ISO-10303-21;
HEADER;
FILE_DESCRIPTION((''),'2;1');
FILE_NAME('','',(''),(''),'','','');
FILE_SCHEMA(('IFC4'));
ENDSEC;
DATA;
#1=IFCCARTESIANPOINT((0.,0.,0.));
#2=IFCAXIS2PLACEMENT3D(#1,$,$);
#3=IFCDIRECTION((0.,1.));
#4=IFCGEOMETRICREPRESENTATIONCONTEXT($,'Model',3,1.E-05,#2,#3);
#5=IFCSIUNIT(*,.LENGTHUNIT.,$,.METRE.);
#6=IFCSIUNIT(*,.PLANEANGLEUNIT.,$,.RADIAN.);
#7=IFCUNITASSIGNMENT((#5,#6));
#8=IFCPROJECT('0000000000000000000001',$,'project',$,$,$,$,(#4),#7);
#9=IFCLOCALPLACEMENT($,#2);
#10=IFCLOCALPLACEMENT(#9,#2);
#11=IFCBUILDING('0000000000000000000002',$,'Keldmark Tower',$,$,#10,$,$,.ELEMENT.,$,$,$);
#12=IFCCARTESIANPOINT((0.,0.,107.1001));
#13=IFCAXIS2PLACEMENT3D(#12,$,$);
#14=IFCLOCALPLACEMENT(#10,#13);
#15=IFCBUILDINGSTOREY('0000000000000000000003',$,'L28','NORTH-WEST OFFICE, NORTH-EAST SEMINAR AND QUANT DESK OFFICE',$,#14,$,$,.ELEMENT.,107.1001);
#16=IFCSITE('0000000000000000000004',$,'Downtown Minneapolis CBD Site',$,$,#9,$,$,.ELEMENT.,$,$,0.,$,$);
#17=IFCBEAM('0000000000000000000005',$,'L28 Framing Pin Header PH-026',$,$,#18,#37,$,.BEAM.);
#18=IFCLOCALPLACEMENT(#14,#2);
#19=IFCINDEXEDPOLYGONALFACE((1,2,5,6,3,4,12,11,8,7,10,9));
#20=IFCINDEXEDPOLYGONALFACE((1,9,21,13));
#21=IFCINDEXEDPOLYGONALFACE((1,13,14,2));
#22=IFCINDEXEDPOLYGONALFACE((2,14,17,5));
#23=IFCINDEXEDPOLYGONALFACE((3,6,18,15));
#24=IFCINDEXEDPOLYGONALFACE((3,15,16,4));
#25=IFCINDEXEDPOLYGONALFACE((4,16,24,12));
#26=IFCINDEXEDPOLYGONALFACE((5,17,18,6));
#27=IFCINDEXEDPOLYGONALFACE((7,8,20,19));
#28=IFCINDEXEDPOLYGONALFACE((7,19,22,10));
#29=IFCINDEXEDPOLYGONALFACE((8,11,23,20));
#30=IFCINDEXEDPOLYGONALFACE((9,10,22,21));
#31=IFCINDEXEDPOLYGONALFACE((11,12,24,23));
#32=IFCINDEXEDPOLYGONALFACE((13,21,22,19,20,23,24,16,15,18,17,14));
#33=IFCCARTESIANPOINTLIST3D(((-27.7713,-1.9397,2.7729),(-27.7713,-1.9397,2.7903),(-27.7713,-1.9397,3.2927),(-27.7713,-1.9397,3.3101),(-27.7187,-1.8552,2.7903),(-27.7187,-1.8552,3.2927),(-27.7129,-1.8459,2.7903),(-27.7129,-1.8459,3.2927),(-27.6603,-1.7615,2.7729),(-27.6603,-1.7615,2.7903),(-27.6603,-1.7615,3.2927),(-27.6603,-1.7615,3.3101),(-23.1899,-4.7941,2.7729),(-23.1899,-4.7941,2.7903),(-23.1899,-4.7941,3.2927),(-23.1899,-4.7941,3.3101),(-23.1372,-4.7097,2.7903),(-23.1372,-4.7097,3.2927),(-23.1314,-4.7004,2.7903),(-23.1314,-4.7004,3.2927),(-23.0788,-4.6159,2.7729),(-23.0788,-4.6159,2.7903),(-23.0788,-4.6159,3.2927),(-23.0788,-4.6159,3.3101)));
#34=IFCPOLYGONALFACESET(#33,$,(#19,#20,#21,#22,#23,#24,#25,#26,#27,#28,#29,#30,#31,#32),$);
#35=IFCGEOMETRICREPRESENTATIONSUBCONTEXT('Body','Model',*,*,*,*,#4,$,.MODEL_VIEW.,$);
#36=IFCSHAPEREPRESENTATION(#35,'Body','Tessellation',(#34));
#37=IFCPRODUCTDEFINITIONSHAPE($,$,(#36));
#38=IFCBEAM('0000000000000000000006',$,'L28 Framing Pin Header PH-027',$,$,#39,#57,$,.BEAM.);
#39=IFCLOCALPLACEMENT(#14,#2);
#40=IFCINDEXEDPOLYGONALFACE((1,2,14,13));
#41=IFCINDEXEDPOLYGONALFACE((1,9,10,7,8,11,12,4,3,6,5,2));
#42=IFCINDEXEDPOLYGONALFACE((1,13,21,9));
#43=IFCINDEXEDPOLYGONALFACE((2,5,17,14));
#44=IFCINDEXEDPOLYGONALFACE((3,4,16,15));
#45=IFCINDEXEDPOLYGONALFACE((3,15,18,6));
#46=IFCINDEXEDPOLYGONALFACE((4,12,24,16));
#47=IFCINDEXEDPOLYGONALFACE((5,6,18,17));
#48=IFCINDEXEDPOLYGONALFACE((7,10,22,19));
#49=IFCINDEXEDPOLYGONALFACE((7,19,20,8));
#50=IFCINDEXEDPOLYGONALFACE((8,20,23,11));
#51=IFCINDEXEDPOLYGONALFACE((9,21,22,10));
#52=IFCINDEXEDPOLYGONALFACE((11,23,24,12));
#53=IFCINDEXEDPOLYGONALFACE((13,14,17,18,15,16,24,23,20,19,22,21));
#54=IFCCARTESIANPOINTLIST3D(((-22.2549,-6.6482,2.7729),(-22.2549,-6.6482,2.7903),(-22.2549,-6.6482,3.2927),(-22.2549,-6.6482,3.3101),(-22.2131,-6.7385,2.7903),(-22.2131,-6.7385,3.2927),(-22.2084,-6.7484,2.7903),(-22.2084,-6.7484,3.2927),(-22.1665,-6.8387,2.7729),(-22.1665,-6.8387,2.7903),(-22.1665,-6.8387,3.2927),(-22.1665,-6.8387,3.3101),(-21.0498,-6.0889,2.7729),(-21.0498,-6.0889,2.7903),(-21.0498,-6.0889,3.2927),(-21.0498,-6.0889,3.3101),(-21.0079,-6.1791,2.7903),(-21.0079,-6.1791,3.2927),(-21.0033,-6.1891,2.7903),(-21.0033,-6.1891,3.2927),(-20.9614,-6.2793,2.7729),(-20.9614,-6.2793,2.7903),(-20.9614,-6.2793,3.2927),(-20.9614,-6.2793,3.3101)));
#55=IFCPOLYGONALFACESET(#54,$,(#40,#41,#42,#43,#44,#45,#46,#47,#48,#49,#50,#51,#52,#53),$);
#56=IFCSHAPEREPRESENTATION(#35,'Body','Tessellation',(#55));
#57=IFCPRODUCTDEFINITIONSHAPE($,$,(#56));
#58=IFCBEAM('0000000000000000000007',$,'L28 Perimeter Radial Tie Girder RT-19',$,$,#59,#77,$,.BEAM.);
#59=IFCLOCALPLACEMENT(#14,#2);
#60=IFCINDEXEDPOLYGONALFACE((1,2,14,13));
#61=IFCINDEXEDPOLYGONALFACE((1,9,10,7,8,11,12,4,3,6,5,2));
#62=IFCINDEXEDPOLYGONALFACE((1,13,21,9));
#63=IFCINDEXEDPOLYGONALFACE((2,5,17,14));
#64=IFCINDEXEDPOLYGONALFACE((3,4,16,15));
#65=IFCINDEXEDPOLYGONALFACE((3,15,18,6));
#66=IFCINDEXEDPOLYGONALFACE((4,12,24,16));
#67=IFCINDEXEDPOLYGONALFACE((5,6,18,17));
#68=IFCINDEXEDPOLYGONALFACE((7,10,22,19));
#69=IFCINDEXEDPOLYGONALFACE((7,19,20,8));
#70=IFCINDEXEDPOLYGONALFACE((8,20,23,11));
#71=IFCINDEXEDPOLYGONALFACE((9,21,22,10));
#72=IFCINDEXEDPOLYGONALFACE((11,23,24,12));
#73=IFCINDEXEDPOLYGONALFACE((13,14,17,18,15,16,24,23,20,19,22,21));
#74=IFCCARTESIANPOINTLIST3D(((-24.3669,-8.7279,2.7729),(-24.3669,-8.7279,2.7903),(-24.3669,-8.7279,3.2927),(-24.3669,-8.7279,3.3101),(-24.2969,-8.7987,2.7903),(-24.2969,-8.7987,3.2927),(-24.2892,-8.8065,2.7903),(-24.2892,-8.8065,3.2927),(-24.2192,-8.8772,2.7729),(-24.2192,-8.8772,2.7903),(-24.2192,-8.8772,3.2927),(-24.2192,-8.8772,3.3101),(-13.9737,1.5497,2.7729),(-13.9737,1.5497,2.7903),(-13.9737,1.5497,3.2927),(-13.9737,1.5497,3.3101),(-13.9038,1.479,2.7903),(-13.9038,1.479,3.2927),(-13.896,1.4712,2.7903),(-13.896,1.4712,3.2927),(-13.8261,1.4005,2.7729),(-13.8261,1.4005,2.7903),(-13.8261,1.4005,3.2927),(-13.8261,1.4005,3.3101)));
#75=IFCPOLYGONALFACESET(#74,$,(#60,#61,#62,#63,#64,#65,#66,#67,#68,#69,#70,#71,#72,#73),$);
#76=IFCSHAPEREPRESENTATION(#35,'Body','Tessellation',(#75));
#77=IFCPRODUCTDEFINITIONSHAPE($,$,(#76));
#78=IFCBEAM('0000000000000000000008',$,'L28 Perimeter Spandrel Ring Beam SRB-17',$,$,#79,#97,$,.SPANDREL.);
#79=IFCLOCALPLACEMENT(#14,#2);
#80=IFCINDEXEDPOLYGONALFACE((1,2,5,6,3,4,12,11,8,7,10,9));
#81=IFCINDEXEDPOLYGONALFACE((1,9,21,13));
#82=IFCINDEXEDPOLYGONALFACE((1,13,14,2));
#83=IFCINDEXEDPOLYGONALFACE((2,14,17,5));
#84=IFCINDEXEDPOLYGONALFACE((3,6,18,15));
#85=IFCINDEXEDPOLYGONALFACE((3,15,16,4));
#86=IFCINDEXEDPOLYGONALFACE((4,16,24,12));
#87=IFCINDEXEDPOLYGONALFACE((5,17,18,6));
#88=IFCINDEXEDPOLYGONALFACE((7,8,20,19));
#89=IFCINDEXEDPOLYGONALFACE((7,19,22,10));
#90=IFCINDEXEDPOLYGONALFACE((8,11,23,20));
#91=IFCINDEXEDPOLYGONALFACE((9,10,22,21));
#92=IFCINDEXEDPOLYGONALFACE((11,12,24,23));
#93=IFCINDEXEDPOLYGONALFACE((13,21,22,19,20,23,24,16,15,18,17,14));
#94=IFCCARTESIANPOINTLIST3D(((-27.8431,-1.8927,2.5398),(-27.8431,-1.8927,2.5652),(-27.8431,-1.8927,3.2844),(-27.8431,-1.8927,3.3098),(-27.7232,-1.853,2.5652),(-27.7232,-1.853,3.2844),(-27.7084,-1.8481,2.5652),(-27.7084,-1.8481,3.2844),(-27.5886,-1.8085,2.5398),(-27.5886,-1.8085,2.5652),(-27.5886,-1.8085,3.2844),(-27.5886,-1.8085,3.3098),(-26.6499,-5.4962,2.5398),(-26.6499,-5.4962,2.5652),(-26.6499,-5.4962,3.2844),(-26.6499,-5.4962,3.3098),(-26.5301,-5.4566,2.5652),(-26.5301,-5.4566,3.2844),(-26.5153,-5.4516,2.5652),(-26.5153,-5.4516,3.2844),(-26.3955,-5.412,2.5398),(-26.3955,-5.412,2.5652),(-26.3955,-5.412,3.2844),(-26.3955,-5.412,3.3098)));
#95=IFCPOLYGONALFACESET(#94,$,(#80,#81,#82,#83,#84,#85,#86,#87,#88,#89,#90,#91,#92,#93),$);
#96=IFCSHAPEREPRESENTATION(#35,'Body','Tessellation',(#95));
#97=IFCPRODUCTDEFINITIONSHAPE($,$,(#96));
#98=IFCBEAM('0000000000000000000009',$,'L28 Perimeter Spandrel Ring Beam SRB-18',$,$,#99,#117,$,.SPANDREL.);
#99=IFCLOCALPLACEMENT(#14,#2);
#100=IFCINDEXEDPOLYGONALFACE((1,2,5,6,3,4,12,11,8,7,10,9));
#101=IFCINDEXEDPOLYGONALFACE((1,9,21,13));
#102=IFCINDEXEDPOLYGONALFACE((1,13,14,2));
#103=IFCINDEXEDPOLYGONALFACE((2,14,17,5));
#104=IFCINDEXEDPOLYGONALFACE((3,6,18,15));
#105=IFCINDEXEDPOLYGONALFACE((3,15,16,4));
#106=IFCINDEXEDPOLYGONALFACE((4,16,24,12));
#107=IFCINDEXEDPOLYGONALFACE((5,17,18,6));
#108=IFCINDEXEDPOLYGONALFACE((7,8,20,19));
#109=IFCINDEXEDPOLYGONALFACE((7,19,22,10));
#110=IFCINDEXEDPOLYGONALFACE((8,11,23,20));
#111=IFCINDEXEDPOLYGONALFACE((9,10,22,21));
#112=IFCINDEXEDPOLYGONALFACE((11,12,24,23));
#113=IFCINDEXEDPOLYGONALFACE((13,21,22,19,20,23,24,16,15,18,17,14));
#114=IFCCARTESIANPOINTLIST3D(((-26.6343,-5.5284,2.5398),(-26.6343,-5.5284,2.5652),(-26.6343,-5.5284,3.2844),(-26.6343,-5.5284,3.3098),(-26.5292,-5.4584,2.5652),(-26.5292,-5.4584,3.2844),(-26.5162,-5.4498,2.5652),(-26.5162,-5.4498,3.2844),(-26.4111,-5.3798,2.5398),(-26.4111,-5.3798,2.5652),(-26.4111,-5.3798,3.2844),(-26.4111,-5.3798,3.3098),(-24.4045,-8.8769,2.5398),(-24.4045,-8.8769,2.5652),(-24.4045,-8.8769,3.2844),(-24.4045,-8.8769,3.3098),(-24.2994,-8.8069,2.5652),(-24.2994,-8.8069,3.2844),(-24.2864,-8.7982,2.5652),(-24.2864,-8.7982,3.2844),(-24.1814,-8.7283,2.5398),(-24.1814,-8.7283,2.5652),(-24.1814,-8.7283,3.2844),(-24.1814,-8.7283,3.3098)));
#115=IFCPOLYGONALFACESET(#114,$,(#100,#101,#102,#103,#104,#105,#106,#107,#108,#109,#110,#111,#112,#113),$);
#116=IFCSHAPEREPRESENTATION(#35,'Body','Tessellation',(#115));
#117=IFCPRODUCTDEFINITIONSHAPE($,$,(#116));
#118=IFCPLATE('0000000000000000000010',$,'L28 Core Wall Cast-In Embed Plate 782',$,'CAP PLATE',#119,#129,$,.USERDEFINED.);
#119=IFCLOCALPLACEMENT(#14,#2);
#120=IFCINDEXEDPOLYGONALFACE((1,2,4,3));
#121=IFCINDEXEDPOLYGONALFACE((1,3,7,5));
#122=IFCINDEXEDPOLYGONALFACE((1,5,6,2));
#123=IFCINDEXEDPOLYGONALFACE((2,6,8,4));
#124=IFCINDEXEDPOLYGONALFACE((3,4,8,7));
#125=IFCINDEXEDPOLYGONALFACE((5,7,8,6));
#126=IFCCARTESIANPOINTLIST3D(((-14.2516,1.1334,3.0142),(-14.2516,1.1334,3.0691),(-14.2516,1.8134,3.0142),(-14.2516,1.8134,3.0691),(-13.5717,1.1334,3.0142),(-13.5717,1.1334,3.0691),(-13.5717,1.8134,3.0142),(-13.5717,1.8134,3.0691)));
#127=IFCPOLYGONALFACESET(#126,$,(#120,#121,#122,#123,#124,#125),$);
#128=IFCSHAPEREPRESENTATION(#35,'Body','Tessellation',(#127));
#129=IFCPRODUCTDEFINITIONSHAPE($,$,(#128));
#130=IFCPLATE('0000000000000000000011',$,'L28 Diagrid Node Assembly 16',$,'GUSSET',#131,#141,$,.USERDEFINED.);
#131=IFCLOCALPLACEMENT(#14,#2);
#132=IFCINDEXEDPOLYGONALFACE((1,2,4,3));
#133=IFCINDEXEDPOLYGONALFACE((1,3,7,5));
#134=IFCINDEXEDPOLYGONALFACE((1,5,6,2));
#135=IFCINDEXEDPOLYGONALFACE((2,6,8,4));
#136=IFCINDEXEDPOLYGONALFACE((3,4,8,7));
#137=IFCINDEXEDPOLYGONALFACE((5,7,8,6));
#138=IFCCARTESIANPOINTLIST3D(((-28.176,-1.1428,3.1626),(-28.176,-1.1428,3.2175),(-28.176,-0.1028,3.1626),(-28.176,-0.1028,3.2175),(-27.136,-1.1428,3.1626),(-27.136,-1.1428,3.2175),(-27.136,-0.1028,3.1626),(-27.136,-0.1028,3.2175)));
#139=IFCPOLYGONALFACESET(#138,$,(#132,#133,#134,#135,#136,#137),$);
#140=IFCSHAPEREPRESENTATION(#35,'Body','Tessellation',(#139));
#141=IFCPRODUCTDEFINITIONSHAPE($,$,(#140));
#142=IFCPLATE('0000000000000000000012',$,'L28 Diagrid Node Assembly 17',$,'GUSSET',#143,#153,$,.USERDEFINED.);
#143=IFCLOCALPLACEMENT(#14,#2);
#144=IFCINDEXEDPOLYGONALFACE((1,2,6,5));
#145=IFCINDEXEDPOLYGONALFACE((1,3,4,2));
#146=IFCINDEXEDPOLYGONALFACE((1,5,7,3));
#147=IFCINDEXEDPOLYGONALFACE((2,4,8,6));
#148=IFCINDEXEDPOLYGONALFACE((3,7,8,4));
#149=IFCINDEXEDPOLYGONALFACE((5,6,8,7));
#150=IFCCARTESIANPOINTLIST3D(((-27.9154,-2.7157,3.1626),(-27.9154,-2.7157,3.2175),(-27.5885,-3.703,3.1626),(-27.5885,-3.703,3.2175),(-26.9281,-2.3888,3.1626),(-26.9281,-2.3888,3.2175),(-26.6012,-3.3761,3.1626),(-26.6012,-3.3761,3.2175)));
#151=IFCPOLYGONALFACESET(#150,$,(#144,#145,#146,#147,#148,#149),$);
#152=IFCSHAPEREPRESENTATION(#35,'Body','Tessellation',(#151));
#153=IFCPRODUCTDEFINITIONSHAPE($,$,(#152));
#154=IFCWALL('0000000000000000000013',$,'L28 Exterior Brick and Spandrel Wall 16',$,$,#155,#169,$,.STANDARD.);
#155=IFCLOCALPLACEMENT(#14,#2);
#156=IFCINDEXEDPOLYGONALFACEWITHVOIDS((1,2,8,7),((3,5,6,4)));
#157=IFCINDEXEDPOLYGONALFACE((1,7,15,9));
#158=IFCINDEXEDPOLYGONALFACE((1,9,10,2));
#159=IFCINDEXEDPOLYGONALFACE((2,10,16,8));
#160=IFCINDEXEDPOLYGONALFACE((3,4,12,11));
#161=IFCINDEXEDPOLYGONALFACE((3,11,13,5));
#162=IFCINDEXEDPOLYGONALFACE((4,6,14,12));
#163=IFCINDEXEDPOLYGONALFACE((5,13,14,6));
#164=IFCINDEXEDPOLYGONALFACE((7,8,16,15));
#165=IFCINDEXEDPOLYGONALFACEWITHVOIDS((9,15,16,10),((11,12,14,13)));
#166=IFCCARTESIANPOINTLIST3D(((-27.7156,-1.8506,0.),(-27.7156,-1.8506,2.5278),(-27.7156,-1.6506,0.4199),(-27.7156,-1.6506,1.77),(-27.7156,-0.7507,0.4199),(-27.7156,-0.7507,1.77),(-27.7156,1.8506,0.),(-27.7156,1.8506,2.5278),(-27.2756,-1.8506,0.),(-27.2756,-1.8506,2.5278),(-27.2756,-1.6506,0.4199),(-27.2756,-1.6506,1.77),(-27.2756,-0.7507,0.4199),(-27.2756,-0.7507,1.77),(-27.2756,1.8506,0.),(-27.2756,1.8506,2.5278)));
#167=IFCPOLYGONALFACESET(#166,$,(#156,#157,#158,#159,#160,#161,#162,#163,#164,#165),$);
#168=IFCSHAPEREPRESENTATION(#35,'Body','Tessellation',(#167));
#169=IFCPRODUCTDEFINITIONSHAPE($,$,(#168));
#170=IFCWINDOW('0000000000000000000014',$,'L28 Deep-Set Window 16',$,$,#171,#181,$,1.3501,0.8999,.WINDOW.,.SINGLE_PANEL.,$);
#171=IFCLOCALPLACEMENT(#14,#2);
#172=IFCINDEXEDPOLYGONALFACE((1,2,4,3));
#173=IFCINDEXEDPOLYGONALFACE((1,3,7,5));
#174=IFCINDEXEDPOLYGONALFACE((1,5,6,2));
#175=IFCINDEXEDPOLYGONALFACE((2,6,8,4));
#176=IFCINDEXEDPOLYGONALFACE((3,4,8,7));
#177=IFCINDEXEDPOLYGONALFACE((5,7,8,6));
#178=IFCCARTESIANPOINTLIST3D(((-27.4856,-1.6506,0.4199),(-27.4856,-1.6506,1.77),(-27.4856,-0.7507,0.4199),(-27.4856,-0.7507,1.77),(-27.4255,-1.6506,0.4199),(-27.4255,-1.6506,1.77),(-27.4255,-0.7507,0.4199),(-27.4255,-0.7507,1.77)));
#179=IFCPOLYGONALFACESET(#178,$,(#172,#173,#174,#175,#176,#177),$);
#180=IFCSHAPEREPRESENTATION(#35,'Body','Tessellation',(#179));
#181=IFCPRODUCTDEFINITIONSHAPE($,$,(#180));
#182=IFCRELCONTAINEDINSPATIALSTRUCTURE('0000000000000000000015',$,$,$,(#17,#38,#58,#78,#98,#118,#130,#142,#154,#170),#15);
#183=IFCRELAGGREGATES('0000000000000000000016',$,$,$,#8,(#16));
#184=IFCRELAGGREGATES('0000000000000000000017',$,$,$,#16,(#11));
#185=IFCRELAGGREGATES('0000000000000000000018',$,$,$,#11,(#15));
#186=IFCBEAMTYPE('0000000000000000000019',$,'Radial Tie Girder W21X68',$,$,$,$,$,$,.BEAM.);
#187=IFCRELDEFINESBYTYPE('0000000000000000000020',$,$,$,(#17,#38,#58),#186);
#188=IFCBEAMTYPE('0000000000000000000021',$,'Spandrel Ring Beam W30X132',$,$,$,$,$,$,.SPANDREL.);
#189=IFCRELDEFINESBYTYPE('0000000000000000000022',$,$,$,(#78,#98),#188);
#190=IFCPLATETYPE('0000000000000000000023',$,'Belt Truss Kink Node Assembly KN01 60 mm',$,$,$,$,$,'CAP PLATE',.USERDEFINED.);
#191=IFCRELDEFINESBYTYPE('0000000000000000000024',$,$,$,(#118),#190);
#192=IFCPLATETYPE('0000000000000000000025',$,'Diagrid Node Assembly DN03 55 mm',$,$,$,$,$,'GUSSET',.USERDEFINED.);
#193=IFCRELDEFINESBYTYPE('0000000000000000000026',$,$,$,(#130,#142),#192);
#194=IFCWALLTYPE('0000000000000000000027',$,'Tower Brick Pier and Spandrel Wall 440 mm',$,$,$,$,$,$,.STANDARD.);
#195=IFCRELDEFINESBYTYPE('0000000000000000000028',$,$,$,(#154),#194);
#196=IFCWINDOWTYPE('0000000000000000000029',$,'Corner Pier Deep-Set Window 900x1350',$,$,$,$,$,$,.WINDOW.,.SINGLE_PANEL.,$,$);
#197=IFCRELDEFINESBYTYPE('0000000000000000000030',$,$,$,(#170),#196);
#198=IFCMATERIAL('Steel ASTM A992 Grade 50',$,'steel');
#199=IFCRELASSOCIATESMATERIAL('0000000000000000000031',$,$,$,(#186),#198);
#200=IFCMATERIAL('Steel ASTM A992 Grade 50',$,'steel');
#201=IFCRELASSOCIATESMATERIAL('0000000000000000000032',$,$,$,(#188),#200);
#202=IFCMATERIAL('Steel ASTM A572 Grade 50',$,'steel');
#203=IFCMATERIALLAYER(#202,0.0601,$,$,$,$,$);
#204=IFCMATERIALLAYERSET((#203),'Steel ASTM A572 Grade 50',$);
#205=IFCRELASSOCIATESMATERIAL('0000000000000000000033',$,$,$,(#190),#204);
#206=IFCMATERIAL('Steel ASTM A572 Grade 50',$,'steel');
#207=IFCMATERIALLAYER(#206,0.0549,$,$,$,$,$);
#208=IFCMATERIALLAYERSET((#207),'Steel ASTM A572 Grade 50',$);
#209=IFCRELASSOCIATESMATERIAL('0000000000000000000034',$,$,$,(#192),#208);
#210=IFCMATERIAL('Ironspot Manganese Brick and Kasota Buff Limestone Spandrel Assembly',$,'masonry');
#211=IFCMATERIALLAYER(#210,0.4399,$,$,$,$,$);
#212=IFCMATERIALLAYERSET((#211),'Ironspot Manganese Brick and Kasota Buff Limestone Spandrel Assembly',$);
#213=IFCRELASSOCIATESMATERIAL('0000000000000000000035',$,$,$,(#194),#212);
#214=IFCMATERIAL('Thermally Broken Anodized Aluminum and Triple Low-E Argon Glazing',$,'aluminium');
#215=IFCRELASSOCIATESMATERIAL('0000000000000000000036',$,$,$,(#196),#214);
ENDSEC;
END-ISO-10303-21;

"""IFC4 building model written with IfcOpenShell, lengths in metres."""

from ifc_helpers import new_model, si_unit, direction, frame, frame_2d, origin, origin_2d, place, context, subcontext, project, spatial, rectangle, i_section, extrude, material, layer, layer_set, material_profile, profile_set, type_object, element, fill, save


model = new_model("IFC4")

# Units and contexts
model_context = context("Model", 3, precision=1e-05, world=origin(), true_north=direction((0.0, 1.0)))
body_context = subcontext(model_context, "Body", "Model", "MODEL_VIEW")
ifc_project = project(units=[si_unit("LENGTHUNIT", "METRE"), si_unit("PLANEANGLEUNIT", "RADIAN")], contexts=[model_context])

# Site, building, storey
site_placement = place(None, origin())
site = spatial("IfcSite", under=ifc_project, at=site_placement, Name="Downtown Minneapolis CBD Site", CompositionType="ELEMENT", RefElevation=0.0)
building_placement = place(site_placement, origin())
building = spatial("IfcBuilding", under=site, at=building_placement, Name="Keldmark Tower", CompositionType="ELEMENT")
storey_placement = place(building_placement, frame((0.0, 0.0, 107.1001)))
storey = spatial("IfcBuildingStorey", under=building, at=storey_placement, Name="L28", Description="NORTH-WEST OFFICE, NORTH-EAST SEMINAR AND QUANT DESK OFFICE", CompositionType="ELEMENT", Elevation=107.1001)

# Beams
ifc_material_1 = material(Name="Steel ASTM A992 Grade 50", Category="steel")
ifc_material_profile_1 = material_profile(ifc_material_1, i_section(OverallWidth=0.21, OverallDepth=0.5371, WebThickness=0.011, FlangeThickness=0.0173, at=origin_2d()), Name="W21X68")
ifc_profile_set_1 = profile_set([ifc_material_profile_1], Name="Steel ASTM A992 Grade 50")
beam_type_1 = type_object("IfcBeamType", Name="Radial Tie Girder W21X68", PredefinedType="BEAM", material=ifc_profile_set_1)
beam_1_placement = place(storey_placement, frame((-27.7158, -1.8506, 3.0415), z_axis=(0.848744, -0.528803, 0.0), x_axis=(0.528803, 0.848744, 0.0)))
element("IfcBeam", 1, at=beam_1_placement, inside=storey, type_object=beam_type_1, Name="L28 Framing Pin Header PH-026", PredefinedType="BEAM", context=body_context, shape_type="SweptSolid", body=[
    extrude(i_section(OverallWidth=0.21, OverallDepth=0.5371, WebThickness=0.011, FlangeThickness=0.0173, at=origin_2d()), origin(), (0.0, 0.0, 1.0), 5.3979),
])
beam_2_placement = place(storey_placement, frame((-21.0056, -6.1841, 3.0415), z_axis=(-0.907059, -0.421003, 0.0), x_axis=(0.421003, -0.907059, 0.0)))
element("IfcBeam", 2, at=beam_2_placement, inside=storey, type_object=beam_type_1, Name="L28 Framing Pin Header PH-027", PredefinedType="BEAM", context=body_context, shape_type="SweptSolid", body=[
    extrude(i_section(OverallWidth=0.21, OverallDepth=0.5371, WebThickness=0.011, FlangeThickness=0.0173, at=origin_2d()), origin(), (0.0, 0.0, 1.0), 1.3286),
])
beam_3_placement = place(storey_placement, frame((-13.8999, 1.4751, 3.0415), z_axis=(-0.711046, -0.703145, 0.0), x_axis=(0.703145, -0.711046, 0.0)))
element("IfcBeam", 3, at=beam_3_placement, inside=storey, type_object=beam_type_1, Name="L28 Perimeter Radial Tie Girder RT-19", PredefinedType="BEAM", context=body_context, shape_type="SweptSolid", body=[
    extrude(i_section(OverallWidth=0.21, OverallDepth=0.5371, WebThickness=0.011, FlangeThickness=0.0173, at=origin_2d()), origin(), (0.0, 0.0, 1.0), 14.6167),
])
ifc_material_2 = material(Name="Steel ASTM A992 Grade 50", Category="steel")
ifc_material_profile_2 = material_profile(ifc_material_2, i_section(OverallWidth=0.2681, OverallDepth=0.77, WebThickness=0.0156, FlangeThickness=0.0254, at=origin_2d()), Name="W30X132")
ifc_profile_set_2 = profile_set([ifc_material_profile_2], Name="Steel ASTM A992 Grade 50")
beam_type_2 = type_object("IfcBeamType", Name="Spandrel Ring Beam W30X132", PredefinedType="SPANDREL", material=ifc_profile_set_2)
beam_4_placement = place(storey_placement, frame((-27.7158, -1.8506, 2.9248), z_axis=(0.314317, -0.949318, 0.0), x_axis=(0.949318, 0.314317, 0.0)))
element("IfcBeam", 4, at=beam_4_placement, inside=storey, type_object=beam_type_2, Name="L28 Perimeter Spandrel Ring Beam SRB-17", PredefinedType="SPANDREL", context=body_context, shape_type="SweptSolid", body=[
    extrude(i_section(OverallWidth=0.2681, OverallDepth=0.77, WebThickness=0.0156, FlangeThickness=0.0254, at=origin_2d()), origin(), (0.0, 0.0, 1.0), 3.7959),
])
beam_5_placement = place(storey_placement, frame((-26.5227, -5.4541, 2.9248), z_axis=(0.554266, -0.83234, 0.0), x_axis=(0.83234, 0.554266, 0.0)))
element("IfcBeam", 5, at=beam_5_placement, inside=storey, type_object=beam_type_2, Name="L28 Perimeter Spandrel Ring Beam SRB-18", PredefinedType="SPANDREL", context=body_context, shape_type="SweptSolid", body=[
    extrude(i_section(OverallWidth=0.2681, OverallDepth=0.77, WebThickness=0.0156, FlangeThickness=0.0254, at=origin_2d()), origin(), (0.0, 0.0, 1.0), 4.0229),
])

# Plates
ifc_material_3 = material(Name="Steel ASTM A572 Grade 50", Category="steel")
ifc_layer_1 = layer(ifc_material_3, 0.0601)
ifc_layer_set_1 = layer_set([ifc_layer_1], Name="Steel ASTM A572 Grade 50")
plate_type_1 = type_object("IfcPlateType", Name="Belt Truss Kink Node Assembly KN01 60 mm", ElementType="CAP PLATE", PredefinedType="USERDEFINED", material=ifc_layer_set_1)
plate_placement = place(storey_placement, frame((-13.9116, 1.4734, 3.0142), z_axis=(0.0, 0.0, 1.0), x_axis=(1.0, 0.0, 0.0)))
element("IfcPlate", 6, at=plate_placement, inside=storey, type_object=plate_type_1, Name="L28 Core Wall Cast-In Embed Plate 782", ObjectType="CAP PLATE", PredefinedType="USERDEFINED", context=body_context, shape_type="SweptSolid", body=[
    extrude(rectangle(XDim=0.6799, YDim=0.6799, at=origin_2d()), origin(), (0.0, 0.0, 1.0), 0.0549),
])
ifc_material_4 = material(Name="Steel ASTM A572 Grade 50", Category="steel")
ifc_layer_2 = layer(ifc_material_4, 0.0549)
ifc_layer_set_2 = layer_set([ifc_layer_2], Name="Steel ASTM A572 Grade 50")
plate_type_2 = type_object("IfcPlateType", Name="Diagrid Node Assembly DN03 55 mm", ElementType="GUSSET", PredefinedType="USERDEFINED", material=ifc_layer_set_2)
for number, where, z_axis, x_axis, name in (
    (7, (-27.656, -0.6228, 3.1626), (0.0, 0.0, 1.0), (0.0, -1.0, 0.0), "L28 Diagrid Node Assembly 16"),
    (8, (-27.2583, -3.0459, 3.1626), (0.0, 0.0, 1.0), (0.314324, -0.949316, 0.0), "L28 Diagrid Node Assembly 17"),
):
    element("IfcPlate", number, at=place(storey_placement, frame(where, z_axis=z_axis, x_axis=x_axis)), inside=storey, type_object=plate_type_2, Name=name, ObjectType="GUSSET", PredefinedType="USERDEFINED", context=body_context, shape_type="SweptSolid", body=[
        extrude(rectangle(XDim=1.04, YDim=1.04, at=origin_2d()), origin(), (0.0, 0.0, 1.0), 0.0549),
    ])

# Wall, opening, window
ifc_material_5 = material(Name="Ironspot Manganese Brick and Kasota Buff Limestone Spandrel Assembly", Category="masonry")
ifc_layer_3 = layer(ifc_material_5, 0.4399)
ifc_layer_set_3 = layer_set([ifc_layer_3], Name="Ironspot Manganese Brick and Kasota Buff Limestone Spandrel Assembly")
wall_type = type_object("IfcWallType", Name="Tower Brick Pier and Spandrel Wall 440 mm", PredefinedType="STANDARD", material=ifc_layer_set_3)
wall_1_placement = place(storey_placement, frame((-27.4956, -1.8506, 0.0), z_axis=(0.0, 0.0, 1.0), x_axis=(0.0, 1.0, 0.0)))
wall_1 = element("IfcWall", 9, at=wall_1_placement, inside=storey, type_object=wall_type, Name="L28 Exterior Brick and Spandrel Wall 16", PredefinedType="STANDARD", context=body_context, shape_type="SweptSolid", body=[
    extrude(rectangle(XDim=3.7012, YDim=0.4399, at=frame_2d((1.8506, 0.0))), origin(), (0.0, 0.0, 1.0), 2.5278),
])
opening_1_placement = place(wall_1_placement, frame((0.2, 0.0, 0.4199)))
opening_1 = element("IfcOpeningElement", 10, at=opening_1_placement, cuts=wall_1, PredefinedType="OPENING", context=body_context, shape_type="SweptSolid", body=[
    extrude(rectangle(XDim=0.8999, YDim=1.3501, at=frame_2d((0.45, 0.675))), frame((0.0, 0.23, 0.0), z_axis=(0.0, -1.0, 0.0), x_axis=(1.0, 0.0, 0.0)), (0.0, 0.0, 1.0), 0.46),
])
ifc_material_6 = material(Name="Thermally Broken Anodized Aluminum and Triple Low-E Argon Glazing", Category="aluminium")
window_type = type_object("IfcWindowType", Name="Corner Pier Deep-Set Window 900x1350", PartitioningType="SINGLE_PANEL", PredefinedType="WINDOW", material=ifc_material_6)
window_1_placement = place(opening_1_placement, origin())
window_1 = element("IfcWindow", 11, at=window_1_placement, inside=storey, type_object=window_type, Name="L28 Deep-Set Window 16", OverallHeight=1.3501, OverallWidth=0.8999, PartitioningType="SINGLE_PANEL", PredefinedType="WINDOW", context=body_context, shape_type="SweptSolid", body=[
    extrude(rectangle(XDim=0.8999, YDim=1.3501, at=frame_2d((0.45, 0.675))), frame((0.0, -0.01, 0.0), z_axis=(0.0, -1.0, 0.0), x_axis=(1.0, 0.0, 0.0)), (0.0, 0.0, 1.0), 0.0601),
])
fill(opening_1, window_1)

save(model, "model.ifc")
